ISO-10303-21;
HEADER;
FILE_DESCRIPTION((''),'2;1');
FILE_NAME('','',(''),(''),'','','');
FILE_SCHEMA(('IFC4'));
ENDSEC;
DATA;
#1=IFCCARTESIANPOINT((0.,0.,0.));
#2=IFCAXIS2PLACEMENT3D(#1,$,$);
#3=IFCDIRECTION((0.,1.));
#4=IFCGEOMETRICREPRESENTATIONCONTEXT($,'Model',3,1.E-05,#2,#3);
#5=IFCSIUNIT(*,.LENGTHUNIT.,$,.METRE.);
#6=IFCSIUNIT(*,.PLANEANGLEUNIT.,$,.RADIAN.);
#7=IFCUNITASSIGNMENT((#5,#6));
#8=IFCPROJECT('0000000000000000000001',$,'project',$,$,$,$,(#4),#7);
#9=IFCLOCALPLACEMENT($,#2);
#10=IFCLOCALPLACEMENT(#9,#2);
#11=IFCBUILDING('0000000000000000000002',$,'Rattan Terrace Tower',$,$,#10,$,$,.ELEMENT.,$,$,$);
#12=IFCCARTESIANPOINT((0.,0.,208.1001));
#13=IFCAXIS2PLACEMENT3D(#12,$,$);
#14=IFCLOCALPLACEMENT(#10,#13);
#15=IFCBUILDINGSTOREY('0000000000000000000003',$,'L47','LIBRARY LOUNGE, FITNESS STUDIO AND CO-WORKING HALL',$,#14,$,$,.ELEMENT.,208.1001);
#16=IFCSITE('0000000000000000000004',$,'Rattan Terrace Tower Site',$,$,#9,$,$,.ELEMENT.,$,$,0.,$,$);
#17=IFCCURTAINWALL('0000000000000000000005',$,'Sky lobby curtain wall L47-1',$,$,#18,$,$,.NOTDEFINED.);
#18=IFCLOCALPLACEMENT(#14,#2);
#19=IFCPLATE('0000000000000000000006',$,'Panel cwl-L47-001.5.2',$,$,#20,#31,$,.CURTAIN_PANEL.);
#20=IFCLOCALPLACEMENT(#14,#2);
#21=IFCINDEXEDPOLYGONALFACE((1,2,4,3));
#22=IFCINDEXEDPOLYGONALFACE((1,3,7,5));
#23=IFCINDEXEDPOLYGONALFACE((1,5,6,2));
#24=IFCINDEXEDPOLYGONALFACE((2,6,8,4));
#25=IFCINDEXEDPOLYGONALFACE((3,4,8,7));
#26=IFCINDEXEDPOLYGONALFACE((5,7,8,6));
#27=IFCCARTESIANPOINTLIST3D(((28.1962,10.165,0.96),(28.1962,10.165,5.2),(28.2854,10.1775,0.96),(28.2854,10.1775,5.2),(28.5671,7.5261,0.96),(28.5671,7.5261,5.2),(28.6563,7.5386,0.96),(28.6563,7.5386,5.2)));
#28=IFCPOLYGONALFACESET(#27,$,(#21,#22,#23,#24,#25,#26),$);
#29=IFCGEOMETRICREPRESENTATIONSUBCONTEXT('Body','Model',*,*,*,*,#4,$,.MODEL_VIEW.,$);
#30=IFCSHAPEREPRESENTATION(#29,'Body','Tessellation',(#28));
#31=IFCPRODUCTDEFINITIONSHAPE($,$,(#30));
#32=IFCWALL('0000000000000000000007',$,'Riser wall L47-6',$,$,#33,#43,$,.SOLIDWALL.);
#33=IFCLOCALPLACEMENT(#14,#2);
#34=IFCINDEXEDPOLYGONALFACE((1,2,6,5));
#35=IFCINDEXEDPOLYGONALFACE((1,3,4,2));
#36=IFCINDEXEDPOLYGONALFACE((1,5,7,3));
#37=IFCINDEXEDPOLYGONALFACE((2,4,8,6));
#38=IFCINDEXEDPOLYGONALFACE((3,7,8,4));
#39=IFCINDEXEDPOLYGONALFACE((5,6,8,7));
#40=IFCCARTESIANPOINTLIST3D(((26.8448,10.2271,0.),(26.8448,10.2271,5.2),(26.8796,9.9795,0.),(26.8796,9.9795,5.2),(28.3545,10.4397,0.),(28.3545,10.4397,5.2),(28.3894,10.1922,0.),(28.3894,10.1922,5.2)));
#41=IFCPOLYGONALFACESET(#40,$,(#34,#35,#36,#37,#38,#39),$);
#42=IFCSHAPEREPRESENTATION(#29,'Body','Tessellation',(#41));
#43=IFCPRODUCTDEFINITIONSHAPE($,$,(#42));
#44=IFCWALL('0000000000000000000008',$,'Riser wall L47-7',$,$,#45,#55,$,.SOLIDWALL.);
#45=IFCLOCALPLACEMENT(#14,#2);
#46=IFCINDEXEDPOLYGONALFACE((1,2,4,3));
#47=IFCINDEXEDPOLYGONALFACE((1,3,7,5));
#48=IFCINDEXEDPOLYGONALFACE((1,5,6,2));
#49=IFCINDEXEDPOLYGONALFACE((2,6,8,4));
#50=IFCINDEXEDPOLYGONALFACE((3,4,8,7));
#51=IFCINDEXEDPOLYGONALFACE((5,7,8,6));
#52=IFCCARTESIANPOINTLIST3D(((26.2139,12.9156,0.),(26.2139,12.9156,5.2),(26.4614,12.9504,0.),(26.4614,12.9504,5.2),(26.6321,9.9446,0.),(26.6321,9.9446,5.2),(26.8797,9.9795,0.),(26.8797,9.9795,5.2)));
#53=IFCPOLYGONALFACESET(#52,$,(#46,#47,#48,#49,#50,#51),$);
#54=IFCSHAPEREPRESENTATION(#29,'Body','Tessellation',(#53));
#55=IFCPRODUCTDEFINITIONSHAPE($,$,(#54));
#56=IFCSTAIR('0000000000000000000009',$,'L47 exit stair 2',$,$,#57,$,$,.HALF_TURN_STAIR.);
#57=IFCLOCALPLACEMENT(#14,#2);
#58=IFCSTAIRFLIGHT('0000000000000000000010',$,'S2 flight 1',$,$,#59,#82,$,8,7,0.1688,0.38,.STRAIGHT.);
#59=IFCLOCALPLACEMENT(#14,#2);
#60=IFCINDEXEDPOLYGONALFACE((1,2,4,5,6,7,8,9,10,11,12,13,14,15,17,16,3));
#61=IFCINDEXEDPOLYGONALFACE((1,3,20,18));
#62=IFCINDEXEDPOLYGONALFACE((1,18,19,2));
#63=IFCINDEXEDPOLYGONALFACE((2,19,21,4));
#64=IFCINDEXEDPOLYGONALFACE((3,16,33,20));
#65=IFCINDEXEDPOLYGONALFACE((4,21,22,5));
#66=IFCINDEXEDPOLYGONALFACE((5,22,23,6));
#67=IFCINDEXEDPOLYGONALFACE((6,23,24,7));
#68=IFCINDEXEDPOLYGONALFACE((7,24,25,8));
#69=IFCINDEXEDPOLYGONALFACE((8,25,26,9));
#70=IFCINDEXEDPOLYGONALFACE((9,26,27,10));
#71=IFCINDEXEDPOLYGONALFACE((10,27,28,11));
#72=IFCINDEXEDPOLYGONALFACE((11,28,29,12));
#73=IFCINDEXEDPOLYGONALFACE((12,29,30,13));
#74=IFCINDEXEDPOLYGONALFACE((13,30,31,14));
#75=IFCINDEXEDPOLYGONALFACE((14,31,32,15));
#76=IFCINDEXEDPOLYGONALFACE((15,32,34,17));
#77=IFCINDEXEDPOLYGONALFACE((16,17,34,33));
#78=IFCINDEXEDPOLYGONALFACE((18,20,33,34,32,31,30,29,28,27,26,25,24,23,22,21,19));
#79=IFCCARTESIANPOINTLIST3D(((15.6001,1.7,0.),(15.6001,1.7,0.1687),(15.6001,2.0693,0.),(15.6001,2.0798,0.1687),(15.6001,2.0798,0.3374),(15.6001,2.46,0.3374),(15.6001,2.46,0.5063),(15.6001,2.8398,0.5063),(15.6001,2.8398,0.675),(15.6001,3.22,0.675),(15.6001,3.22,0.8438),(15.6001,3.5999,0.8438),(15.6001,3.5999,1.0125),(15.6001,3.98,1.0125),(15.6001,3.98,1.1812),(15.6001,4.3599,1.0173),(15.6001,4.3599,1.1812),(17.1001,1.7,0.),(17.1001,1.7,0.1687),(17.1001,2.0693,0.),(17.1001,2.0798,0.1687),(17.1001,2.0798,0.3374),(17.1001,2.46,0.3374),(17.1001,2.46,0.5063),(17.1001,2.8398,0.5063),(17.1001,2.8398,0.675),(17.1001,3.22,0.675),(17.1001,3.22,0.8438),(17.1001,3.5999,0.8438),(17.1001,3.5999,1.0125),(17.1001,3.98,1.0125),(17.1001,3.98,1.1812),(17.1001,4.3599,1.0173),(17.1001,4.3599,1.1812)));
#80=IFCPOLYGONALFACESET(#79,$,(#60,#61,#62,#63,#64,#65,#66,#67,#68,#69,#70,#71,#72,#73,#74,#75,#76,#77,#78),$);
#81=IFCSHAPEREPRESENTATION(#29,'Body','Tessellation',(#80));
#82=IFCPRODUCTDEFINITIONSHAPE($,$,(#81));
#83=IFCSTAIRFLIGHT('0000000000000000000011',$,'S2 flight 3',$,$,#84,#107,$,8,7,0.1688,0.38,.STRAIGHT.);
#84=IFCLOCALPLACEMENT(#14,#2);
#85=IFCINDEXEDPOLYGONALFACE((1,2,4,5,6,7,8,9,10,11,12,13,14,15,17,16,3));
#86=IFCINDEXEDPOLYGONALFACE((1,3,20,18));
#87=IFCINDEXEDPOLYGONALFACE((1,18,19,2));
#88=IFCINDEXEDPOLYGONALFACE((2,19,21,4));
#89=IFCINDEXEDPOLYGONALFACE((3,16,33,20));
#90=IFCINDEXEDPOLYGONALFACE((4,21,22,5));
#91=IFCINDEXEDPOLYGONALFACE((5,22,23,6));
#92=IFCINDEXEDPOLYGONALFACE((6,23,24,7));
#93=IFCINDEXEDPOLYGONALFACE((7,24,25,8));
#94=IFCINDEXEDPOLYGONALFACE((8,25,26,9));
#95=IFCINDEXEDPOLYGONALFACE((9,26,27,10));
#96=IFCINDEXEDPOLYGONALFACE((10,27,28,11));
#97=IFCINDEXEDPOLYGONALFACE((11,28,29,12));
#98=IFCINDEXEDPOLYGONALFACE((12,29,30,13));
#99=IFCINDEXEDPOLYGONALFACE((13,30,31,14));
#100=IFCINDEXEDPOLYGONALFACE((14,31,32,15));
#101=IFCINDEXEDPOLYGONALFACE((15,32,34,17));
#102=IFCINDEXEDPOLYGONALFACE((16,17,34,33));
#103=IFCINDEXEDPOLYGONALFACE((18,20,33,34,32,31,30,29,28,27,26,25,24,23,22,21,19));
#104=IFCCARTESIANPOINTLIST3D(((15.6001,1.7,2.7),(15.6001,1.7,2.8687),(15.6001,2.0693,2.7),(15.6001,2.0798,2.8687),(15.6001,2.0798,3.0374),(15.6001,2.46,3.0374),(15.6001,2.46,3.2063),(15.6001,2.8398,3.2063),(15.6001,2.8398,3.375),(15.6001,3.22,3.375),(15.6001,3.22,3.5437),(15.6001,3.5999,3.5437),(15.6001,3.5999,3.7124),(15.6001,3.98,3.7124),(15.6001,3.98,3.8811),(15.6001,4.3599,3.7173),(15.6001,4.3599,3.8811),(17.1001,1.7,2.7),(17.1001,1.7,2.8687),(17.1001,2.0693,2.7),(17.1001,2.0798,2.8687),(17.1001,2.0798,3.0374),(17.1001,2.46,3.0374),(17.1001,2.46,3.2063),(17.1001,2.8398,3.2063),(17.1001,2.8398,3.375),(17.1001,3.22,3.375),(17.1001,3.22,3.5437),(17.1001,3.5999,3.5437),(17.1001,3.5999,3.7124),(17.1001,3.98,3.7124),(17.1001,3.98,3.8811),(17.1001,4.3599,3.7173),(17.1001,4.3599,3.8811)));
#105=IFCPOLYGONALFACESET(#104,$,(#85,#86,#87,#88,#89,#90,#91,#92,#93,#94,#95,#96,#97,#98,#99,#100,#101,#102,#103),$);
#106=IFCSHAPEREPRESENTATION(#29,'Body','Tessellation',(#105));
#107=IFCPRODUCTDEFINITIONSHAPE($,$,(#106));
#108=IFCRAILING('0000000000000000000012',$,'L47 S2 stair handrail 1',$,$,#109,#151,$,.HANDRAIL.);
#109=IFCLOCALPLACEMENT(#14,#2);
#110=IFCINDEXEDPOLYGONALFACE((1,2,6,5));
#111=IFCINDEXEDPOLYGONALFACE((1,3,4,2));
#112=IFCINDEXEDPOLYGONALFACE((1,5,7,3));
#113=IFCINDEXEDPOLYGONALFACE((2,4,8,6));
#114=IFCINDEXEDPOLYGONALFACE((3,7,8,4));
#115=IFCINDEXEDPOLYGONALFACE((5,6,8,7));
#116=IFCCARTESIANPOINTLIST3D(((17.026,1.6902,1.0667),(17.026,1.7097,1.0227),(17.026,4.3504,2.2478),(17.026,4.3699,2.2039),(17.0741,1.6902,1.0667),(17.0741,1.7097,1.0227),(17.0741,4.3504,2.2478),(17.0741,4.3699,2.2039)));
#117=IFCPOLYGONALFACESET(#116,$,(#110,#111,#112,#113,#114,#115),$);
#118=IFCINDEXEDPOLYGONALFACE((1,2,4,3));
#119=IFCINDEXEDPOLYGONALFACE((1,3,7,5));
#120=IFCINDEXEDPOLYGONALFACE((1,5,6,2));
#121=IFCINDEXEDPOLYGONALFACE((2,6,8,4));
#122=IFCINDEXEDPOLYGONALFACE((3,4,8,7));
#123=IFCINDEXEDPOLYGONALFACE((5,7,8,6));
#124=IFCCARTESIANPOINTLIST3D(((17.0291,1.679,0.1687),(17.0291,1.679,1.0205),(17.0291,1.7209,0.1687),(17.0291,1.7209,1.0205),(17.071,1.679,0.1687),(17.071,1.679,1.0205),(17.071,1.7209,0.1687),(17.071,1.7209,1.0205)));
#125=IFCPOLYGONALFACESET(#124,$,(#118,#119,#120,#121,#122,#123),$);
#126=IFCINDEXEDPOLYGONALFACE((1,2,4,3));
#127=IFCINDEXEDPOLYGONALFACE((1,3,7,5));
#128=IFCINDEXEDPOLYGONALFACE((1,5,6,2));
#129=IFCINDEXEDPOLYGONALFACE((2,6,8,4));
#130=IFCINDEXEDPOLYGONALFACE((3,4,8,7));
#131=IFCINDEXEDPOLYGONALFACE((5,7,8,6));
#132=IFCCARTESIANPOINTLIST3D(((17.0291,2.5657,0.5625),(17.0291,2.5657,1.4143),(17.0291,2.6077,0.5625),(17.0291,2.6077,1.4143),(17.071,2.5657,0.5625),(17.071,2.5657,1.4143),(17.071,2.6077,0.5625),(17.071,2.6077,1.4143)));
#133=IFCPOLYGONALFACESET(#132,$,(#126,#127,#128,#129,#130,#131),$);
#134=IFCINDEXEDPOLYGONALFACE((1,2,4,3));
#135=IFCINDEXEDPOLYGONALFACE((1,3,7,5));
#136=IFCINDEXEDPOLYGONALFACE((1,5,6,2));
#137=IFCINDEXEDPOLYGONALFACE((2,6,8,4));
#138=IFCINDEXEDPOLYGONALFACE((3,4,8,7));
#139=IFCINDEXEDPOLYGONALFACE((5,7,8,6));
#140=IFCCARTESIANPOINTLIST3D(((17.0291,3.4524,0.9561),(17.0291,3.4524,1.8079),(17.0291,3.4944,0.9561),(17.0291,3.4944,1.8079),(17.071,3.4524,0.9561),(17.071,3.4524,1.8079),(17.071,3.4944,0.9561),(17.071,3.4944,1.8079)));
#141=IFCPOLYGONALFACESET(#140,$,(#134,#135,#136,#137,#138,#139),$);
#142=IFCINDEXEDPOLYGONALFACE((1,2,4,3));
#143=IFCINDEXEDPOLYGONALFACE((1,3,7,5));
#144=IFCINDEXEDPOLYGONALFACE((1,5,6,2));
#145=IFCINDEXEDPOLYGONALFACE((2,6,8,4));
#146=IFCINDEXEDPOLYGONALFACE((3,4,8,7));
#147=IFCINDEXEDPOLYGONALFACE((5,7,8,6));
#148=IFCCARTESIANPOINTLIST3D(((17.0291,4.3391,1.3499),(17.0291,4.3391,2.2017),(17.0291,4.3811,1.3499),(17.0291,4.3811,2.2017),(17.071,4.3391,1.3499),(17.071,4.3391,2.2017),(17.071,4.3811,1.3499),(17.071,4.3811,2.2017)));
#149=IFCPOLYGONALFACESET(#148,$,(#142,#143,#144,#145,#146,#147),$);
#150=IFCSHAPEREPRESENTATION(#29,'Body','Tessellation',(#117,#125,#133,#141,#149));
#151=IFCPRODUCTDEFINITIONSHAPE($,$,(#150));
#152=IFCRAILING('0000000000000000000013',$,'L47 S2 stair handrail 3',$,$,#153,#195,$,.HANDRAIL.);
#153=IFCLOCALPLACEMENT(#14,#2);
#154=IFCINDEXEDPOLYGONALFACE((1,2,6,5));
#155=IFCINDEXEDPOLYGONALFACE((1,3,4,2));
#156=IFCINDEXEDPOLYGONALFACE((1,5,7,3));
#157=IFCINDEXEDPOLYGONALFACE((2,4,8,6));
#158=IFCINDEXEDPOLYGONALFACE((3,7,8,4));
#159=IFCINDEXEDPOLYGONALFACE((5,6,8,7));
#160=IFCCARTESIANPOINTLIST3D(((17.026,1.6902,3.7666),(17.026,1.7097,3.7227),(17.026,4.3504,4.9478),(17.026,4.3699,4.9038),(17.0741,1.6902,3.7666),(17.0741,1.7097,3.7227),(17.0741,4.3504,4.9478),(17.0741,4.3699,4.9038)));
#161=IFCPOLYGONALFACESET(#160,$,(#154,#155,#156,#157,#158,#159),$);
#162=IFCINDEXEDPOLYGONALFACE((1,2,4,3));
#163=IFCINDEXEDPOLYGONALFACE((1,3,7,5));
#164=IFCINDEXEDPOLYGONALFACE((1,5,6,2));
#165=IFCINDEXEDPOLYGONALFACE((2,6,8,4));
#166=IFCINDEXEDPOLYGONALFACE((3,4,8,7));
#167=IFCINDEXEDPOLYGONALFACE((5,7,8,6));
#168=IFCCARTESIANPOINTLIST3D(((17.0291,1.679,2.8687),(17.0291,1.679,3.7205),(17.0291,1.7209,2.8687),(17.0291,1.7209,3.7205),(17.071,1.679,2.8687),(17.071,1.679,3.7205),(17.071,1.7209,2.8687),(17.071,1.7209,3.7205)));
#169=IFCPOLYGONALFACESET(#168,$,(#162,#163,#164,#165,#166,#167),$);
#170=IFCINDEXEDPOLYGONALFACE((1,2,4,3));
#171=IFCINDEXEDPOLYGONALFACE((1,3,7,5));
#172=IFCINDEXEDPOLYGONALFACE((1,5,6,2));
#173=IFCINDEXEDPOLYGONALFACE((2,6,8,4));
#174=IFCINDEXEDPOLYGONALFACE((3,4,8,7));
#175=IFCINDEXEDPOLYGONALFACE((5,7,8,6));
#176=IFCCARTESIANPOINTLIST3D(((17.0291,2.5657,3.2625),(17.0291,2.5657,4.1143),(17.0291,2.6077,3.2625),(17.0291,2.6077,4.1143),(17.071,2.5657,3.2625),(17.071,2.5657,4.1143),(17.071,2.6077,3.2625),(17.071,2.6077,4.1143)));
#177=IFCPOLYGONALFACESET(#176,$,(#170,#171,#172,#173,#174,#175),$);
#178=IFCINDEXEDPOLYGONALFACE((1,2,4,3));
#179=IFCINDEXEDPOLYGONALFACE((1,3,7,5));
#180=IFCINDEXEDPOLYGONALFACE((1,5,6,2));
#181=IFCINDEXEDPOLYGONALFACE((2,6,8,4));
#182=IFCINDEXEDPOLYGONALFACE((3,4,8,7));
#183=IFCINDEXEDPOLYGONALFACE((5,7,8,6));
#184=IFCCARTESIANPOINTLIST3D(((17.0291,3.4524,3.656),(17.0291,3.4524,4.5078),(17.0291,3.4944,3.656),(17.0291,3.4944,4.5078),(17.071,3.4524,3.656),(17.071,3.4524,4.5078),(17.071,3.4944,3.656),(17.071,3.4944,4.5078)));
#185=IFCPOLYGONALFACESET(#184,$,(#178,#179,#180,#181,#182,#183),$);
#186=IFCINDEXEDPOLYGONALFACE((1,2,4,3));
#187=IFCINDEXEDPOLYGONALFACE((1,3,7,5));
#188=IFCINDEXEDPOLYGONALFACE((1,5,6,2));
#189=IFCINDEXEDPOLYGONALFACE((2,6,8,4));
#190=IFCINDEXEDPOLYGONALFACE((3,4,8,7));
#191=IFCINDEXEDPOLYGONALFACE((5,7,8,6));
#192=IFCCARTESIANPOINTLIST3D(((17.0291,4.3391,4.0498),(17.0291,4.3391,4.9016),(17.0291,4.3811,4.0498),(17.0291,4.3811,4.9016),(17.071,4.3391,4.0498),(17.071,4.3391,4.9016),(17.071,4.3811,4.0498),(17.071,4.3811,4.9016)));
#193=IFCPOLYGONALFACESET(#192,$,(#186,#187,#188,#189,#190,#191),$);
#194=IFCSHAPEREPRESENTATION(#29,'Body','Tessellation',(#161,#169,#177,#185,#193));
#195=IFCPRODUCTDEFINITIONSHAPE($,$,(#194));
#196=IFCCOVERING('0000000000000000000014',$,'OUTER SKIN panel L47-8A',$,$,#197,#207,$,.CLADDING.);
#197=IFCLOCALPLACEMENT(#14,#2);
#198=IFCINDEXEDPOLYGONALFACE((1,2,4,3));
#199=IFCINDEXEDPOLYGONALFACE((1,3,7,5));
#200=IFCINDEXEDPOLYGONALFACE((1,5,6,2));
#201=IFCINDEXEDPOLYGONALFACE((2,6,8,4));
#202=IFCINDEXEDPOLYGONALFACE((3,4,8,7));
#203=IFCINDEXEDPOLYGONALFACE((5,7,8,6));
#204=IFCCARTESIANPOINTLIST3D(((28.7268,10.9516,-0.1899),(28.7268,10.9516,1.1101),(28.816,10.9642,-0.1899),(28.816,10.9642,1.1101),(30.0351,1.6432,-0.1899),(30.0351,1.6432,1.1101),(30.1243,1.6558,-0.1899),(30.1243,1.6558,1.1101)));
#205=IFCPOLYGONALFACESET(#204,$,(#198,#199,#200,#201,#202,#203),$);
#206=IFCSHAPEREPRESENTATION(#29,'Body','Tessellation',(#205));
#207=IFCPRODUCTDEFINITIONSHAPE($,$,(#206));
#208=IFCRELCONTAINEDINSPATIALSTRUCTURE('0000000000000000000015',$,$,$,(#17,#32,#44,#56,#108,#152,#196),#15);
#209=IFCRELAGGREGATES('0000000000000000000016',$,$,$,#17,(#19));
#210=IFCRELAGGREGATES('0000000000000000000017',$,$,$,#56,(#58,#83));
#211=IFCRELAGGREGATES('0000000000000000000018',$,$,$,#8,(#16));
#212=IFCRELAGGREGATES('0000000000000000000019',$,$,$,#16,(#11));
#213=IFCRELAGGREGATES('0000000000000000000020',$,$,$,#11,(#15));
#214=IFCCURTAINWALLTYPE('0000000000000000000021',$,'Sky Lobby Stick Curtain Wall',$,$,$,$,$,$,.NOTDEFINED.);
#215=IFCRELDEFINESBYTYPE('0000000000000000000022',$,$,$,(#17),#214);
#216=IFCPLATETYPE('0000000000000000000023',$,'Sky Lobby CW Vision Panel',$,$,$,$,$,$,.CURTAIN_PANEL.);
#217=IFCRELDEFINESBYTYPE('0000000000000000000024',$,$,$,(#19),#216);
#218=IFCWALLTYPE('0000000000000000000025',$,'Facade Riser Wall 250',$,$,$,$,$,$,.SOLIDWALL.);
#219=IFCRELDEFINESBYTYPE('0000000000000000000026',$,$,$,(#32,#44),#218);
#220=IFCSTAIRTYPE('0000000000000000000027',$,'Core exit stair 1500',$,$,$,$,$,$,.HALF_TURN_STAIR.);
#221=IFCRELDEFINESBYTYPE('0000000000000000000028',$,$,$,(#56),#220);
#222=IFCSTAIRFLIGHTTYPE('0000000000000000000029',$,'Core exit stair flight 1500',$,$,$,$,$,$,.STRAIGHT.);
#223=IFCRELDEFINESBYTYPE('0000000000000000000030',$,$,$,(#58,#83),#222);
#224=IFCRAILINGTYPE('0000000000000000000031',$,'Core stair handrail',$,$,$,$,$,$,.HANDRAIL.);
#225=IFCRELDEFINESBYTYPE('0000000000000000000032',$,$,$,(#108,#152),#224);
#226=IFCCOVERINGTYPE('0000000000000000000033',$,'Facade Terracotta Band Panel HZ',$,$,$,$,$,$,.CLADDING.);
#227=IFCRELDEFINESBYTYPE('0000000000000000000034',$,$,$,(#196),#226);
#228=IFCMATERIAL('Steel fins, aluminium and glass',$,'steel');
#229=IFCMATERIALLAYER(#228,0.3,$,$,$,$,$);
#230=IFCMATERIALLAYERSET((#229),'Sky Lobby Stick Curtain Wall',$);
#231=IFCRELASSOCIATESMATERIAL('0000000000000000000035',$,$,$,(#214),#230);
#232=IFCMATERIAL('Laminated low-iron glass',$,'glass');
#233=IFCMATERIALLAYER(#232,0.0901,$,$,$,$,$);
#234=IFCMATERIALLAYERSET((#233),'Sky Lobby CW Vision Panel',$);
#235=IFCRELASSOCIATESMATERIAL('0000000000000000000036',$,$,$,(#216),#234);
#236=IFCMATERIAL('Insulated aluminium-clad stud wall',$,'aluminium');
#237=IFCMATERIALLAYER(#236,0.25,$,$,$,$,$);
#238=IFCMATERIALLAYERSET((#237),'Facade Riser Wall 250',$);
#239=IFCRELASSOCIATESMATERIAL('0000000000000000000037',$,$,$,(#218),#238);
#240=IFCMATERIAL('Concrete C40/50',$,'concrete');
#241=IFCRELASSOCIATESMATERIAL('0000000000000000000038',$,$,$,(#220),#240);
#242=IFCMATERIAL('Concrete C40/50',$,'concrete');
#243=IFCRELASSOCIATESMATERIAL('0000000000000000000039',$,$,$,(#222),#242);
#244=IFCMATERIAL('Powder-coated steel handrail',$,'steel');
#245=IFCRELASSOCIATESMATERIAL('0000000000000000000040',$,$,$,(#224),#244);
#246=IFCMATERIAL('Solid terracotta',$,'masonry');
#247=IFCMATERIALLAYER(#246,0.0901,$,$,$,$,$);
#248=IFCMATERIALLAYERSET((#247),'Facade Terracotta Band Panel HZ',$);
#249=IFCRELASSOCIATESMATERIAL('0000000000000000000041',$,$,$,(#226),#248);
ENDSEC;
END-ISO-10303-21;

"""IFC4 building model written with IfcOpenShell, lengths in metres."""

from ifc_helpers import new_model, si_unit, direction, frame, frame_2d, origin, origin_2d, place, context, subcontext, project, spatial, polyline, rectangle, outline, extrude, material, layer, layer_set, type_object, element, aggregate, save


model = new_model("IFC4")

# Units and contexts
model_context = context("Model", 3, precision=1e-05, world=origin(), true_north=direction((0.0, 1.0)))
body_context = subcontext(model_context, "Body", "Model", "MODEL_VIEW")
ifc_project = project(units=[si_unit("LENGTHUNIT", "METRE"), si_unit("PLANEANGLEUNIT", "RADIAN")], contexts=[model_context])

# Site, building, storey
site_placement = place(None, origin())
site = spatial("IfcSite", under=ifc_project, at=site_placement, Name="Rattan Terrace Tower Site", CompositionType="ELEMENT", RefElevation=0.0)
building_placement = place(site_placement, origin())
building = spatial("IfcBuilding", under=site, at=building_placement, Name="Rattan Terrace Tower", CompositionType="ELEMENT")
storey_placement = place(building_placement, frame((0.0, 0.0, 208.1001)))
storey = spatial("IfcBuildingStorey", under=building, at=storey_placement, Name="L47", Description="LIBRARY LOUNGE, FITNESS STUDIO AND CO-WORKING HALL", CompositionType="ELEMENT", Elevation=208.1001)

# Curtain wall, plate
ifc_material_1 = material(Name="Steel fins, aluminium and glass", Category="steel")
ifc_layer_1 = layer(ifc_material_1, 0.3)
ifc_layer_set_1 = layer_set([ifc_layer_1], Name="Sky Lobby Stick Curtain Wall")
curtain_wall_type = type_object("IfcCurtainWallType", Name="Sky Lobby Stick Curtain Wall", PredefinedType="NOTDEFINED", material=ifc_layer_set_1)
curtain_wall_placement = place(storey_placement, origin())
curtain_wall = element("IfcCurtainWall", 1, at=curtain_wall_placement, inside=storey, type_object=curtain_wall_type, Name="Sky lobby curtain wall L47-1", PredefinedType="NOTDEFINED")
ifc_material_2 = material(Name="Laminated low-iron glass", Category="glass")
ifc_layer_2 = layer(ifc_material_2, 0.0901)
ifc_layer_set_2 = layer_set([ifc_layer_2], Name="Sky Lobby CW Vision Panel")
plate_type_1 = type_object("IfcPlateType", Name="Sky Lobby CW Vision Panel", PredefinedType="CURTAIN_PANEL", material=ifc_layer_set_2)
plate_1_placement = place(storey_placement, frame((28.4263, 8.8518, 0.96), z_axis=(0.0, 0.0, 1.0), x_axis=(-0.139186, 0.990266, 0.0)))
plate_1 = element("IfcPlate", 2, at=plate_1_placement, type_object=plate_type_1, Name="Panel cwl-L47-001.5.2", PredefinedType="CURTAIN_PANEL", context=body_context, shape_type="SweptSolid", body=[
    extrude(rectangle(XDim=2.6648, YDim=0.0901, at=origin_2d()), origin(), (0.0, 0.0, 1.0), 4.24),
])
aggregate(curtain_wall, [plate_1])

# Walls
ifc_material_3 = material(Name="Insulated aluminium-clad stud wall", Category="aluminium")
ifc_layer_3 = layer(ifc_material_3, 0.25)
ifc_layer_set_3 = layer_set([ifc_layer_3], Name="Facade Riser Wall 250")
wall_type_1 = type_object("IfcWallType", Name="Facade Riser Wall 250", PredefinedType="SOLIDWALL", material=ifc_layer_set_3)
wall_1_placement = place(storey_placement, frame((28.3718, 10.3159, 0.0), z_axis=(0.0, 0.0, 1.0), x_axis=(-0.990226, -0.139471, 0.0)))
element("IfcWall", 3, at=wall_1_placement, inside=storey, type_object=wall_type_1, Name="Riser wall L47-6", PredefinedType="SOLIDWALL", context=body_context, shape_type="SweptSolid", body=[
    extrude(rectangle(XDim=1.5247, YDim=0.25, at=frame_2d((0.7622, 0.0))), origin(), (0.0, 0.0, 1.0), 5.2),
])
wall_2_placement = place(storey_placement, frame((26.7559, 9.9622, 0.0), z_axis=(0.0, 0.0, 1.0), x_axis=(-0.139393, 0.990237, 0.0)))
element("IfcWall", 4, at=wall_2_placement, inside=storey, type_object=wall_type_1, Name="Riser wall L47-7", PredefinedType="SOLIDWALL", context=body_context, shape_type="SweptSolid", body=[
    extrude(rectangle(XDim=3.0002, YDim=0.25, at=frame_2d((1.5, 0.0))), origin(), (0.0, 0.0, 1.0), 5.2),
])

# Stair, stair flights
ifc_material_4 = material(Name="Concrete C40/50", Category="concrete")
stair_type = type_object("IfcStairType", Name="Core exit stair 1500", PredefinedType="HALF_TURN_STAIR", material=ifc_material_4)
stair_placement = place(storey_placement, origin())
stair = element("IfcStair", 5, at=stair_placement, inside=storey, type_object=stair_type, Name="L47 exit stair 2", PredefinedType="HALF_TURN_STAIR")
ifc_material_5 = material(Name="Concrete C40/50", Category="concrete")
stair_flight_type = type_object("IfcStairFlightType", Name="Core exit stair flight 1500", PredefinedType="STRAIGHT", material=ifc_material_5)
stair_flight_1_placement = place(storey_placement, frame((16.3501, 1.7, 0.0), z_axis=(0.0, 0.0, 1.0), x_axis=(0.0, 1.0, 0.0)))
stair_flight_1 = element("IfcStairFlight", 6, at=stair_flight_1_placement, type_object=stair_flight_type, Name="S2 flight 1", NumberOfRisers=8, NumberOfTreads=7, PredefinedType="STRAIGHT", RiserHeight=0.1688, TreadLength=0.38, context=body_context, shape_type="SweptSolid", body=[
    extrude(outline(polyline([(0.0, 0.0), (0.0, 0.1687), (0.3799, 0.1687), (0.3799, 0.3374), (0.76, 0.3374), (0.76, 0.5063), (1.1399, 0.5063), (1.1399, 0.675), (1.52, 0.675), (1.52, 0.8438), (1.8999, 0.8438), (1.8999, 1.0125), (2.28, 1.0125), (2.28, 1.1812), (2.6599, 1.1812), (2.6599, 1.3501), (2.6599, 1.0173), (0.3694, 0.0), (0.0, 0.0)])), frame((0.0, 0.75, 0.0), z_axis=(0.0, -1.0, 0.0), x_axis=(1.0, 0.0, 0.0)), (0.0, 0.0, 1.0), 1.5),
])
stair_flight_2_placement = place(storey_placement, frame((16.3501, 1.7, 2.7), z_axis=(0.0, 0.0, 1.0), x_axis=(0.0, 1.0, 0.0)))
stair_flight_2 = element("IfcStairFlight", 7, at=stair_flight_2_placement, type_object=stair_flight_type, Name="S2 flight 3", NumberOfRisers=8, NumberOfTreads=7, PredefinedType="STRAIGHT", RiserHeight=0.1688, TreadLength=0.38, context=body_context, shape_type="SweptSolid", body=[
    extrude(outline(polyline([(0.0, 0.0), (0.0, 0.1687), (0.3799, 0.1687), (0.3799, 0.3374), (0.76, 0.3374), (0.76, 0.5063), (1.1399, 0.5063), (1.1399, 0.675), (1.52, 0.675), (1.52, 0.8438), (1.8999, 0.8438), (1.8999, 1.0125), (2.28, 1.0125), (2.28, 1.1812), (2.6599, 1.1812), (2.6599, 1.3501), (2.6599, 1.0173), (0.3694, 0.0), (0.0, 0.0)])), frame((0.0, 0.75, 0.0), z_axis=(0.0, -1.0, 0.0), x_axis=(1.0, 0.0, 0.0)), (0.0, 0.0, 1.0), 1.5),
])
aggregate(stair, [stair_flight_1, stair_flight_2])

# Railings
ifc_material_6 = material(Name="Powder-coated steel handrail", Category="steel")
railing_type = type_object("IfcRailingType", Name="Core stair handrail", PredefinedType="HANDRAIL", material=ifc_material_6)
for number, where, name in (
    (8, (17.05, 1.7, 0.1687), "L47 S2 stair handrail 1"),
    (9, (17.05, 1.7, 2.8687), "L47 S2 stair handrail 3"),
):
    element("IfcRailing", number, at=place(storey_placement, frame(where)), inside=storey, type_object=railing_type, Name=name, PredefinedType="HANDRAIL", context=body_context, shape_type="SweptSolid", body=[
        extrude(rectangle(XDim=0.0481, YDim=0.0481, at=origin_2d()), frame((0.0, 0.0, 0.876), z_axis=(0.0, 0.913957, 0.405812), x_axis=(-1.0, 0.0, 0.0)), (0.0, 0.0, 1.0), 2.9106),
        extrude(rectangle(XDim=0.042, YDim=0.042, at=origin_2d()), origin(), (0.0, 0.0, 1.0), 0.8518),
        extrude(rectangle(XDim=0.042, YDim=0.042, at=origin_2d()), frame((0.0, 0.8867, 0.3938)), (0.0, 0.0, 1.0), 0.8518),
        extrude(rectangle(XDim=0.042, YDim=0.042, at=origin_2d()), frame((0.0, 1.7734, 0.7874)), (0.0, 0.0, 1.0), 0.8518),
        extrude(rectangle(XDim=0.042, YDim=0.042, at=origin_2d()), frame((0.0, 2.6602, 1.1812)), (0.0, 0.0, 1.0), 0.8518),
    ])

# Covering
ifc_material_7 = material(Name="Solid terracotta", Category="masonry")
ifc_layer_4 = layer(ifc_material_7, 0.0901)
ifc_layer_set_4 = layer_set([ifc_layer_4], Name="Facade Terracotta Band Panel HZ")
covering_type_1 = type_object("IfcCoveringType", Name="Facade Terracotta Band Panel HZ", PredefinedType="CLADDING", material=ifc_layer_set_4)
covering_1_placement = place(storey_placement, frame((29.4255, 6.3037, -0.1899), z_axis=(0.0, 0.0, 1.0), x_axis=(-0.139186, 0.990266, 0.0)))
element("IfcCovering", 10, at=covering_1_placement, inside=storey, type_object=covering_type_1, Name="OUTER SKIN panel L47-8A", PredefinedType="CLADDING", context=body_context, shape_type="SweptSolid", body=[
    extrude(rectangle(XDim=9.3999, YDim=0.0901, at=origin_2d()), origin(), (0.0, 0.0, 1.0), 1.3),
])

save(model, "model.ifc")
